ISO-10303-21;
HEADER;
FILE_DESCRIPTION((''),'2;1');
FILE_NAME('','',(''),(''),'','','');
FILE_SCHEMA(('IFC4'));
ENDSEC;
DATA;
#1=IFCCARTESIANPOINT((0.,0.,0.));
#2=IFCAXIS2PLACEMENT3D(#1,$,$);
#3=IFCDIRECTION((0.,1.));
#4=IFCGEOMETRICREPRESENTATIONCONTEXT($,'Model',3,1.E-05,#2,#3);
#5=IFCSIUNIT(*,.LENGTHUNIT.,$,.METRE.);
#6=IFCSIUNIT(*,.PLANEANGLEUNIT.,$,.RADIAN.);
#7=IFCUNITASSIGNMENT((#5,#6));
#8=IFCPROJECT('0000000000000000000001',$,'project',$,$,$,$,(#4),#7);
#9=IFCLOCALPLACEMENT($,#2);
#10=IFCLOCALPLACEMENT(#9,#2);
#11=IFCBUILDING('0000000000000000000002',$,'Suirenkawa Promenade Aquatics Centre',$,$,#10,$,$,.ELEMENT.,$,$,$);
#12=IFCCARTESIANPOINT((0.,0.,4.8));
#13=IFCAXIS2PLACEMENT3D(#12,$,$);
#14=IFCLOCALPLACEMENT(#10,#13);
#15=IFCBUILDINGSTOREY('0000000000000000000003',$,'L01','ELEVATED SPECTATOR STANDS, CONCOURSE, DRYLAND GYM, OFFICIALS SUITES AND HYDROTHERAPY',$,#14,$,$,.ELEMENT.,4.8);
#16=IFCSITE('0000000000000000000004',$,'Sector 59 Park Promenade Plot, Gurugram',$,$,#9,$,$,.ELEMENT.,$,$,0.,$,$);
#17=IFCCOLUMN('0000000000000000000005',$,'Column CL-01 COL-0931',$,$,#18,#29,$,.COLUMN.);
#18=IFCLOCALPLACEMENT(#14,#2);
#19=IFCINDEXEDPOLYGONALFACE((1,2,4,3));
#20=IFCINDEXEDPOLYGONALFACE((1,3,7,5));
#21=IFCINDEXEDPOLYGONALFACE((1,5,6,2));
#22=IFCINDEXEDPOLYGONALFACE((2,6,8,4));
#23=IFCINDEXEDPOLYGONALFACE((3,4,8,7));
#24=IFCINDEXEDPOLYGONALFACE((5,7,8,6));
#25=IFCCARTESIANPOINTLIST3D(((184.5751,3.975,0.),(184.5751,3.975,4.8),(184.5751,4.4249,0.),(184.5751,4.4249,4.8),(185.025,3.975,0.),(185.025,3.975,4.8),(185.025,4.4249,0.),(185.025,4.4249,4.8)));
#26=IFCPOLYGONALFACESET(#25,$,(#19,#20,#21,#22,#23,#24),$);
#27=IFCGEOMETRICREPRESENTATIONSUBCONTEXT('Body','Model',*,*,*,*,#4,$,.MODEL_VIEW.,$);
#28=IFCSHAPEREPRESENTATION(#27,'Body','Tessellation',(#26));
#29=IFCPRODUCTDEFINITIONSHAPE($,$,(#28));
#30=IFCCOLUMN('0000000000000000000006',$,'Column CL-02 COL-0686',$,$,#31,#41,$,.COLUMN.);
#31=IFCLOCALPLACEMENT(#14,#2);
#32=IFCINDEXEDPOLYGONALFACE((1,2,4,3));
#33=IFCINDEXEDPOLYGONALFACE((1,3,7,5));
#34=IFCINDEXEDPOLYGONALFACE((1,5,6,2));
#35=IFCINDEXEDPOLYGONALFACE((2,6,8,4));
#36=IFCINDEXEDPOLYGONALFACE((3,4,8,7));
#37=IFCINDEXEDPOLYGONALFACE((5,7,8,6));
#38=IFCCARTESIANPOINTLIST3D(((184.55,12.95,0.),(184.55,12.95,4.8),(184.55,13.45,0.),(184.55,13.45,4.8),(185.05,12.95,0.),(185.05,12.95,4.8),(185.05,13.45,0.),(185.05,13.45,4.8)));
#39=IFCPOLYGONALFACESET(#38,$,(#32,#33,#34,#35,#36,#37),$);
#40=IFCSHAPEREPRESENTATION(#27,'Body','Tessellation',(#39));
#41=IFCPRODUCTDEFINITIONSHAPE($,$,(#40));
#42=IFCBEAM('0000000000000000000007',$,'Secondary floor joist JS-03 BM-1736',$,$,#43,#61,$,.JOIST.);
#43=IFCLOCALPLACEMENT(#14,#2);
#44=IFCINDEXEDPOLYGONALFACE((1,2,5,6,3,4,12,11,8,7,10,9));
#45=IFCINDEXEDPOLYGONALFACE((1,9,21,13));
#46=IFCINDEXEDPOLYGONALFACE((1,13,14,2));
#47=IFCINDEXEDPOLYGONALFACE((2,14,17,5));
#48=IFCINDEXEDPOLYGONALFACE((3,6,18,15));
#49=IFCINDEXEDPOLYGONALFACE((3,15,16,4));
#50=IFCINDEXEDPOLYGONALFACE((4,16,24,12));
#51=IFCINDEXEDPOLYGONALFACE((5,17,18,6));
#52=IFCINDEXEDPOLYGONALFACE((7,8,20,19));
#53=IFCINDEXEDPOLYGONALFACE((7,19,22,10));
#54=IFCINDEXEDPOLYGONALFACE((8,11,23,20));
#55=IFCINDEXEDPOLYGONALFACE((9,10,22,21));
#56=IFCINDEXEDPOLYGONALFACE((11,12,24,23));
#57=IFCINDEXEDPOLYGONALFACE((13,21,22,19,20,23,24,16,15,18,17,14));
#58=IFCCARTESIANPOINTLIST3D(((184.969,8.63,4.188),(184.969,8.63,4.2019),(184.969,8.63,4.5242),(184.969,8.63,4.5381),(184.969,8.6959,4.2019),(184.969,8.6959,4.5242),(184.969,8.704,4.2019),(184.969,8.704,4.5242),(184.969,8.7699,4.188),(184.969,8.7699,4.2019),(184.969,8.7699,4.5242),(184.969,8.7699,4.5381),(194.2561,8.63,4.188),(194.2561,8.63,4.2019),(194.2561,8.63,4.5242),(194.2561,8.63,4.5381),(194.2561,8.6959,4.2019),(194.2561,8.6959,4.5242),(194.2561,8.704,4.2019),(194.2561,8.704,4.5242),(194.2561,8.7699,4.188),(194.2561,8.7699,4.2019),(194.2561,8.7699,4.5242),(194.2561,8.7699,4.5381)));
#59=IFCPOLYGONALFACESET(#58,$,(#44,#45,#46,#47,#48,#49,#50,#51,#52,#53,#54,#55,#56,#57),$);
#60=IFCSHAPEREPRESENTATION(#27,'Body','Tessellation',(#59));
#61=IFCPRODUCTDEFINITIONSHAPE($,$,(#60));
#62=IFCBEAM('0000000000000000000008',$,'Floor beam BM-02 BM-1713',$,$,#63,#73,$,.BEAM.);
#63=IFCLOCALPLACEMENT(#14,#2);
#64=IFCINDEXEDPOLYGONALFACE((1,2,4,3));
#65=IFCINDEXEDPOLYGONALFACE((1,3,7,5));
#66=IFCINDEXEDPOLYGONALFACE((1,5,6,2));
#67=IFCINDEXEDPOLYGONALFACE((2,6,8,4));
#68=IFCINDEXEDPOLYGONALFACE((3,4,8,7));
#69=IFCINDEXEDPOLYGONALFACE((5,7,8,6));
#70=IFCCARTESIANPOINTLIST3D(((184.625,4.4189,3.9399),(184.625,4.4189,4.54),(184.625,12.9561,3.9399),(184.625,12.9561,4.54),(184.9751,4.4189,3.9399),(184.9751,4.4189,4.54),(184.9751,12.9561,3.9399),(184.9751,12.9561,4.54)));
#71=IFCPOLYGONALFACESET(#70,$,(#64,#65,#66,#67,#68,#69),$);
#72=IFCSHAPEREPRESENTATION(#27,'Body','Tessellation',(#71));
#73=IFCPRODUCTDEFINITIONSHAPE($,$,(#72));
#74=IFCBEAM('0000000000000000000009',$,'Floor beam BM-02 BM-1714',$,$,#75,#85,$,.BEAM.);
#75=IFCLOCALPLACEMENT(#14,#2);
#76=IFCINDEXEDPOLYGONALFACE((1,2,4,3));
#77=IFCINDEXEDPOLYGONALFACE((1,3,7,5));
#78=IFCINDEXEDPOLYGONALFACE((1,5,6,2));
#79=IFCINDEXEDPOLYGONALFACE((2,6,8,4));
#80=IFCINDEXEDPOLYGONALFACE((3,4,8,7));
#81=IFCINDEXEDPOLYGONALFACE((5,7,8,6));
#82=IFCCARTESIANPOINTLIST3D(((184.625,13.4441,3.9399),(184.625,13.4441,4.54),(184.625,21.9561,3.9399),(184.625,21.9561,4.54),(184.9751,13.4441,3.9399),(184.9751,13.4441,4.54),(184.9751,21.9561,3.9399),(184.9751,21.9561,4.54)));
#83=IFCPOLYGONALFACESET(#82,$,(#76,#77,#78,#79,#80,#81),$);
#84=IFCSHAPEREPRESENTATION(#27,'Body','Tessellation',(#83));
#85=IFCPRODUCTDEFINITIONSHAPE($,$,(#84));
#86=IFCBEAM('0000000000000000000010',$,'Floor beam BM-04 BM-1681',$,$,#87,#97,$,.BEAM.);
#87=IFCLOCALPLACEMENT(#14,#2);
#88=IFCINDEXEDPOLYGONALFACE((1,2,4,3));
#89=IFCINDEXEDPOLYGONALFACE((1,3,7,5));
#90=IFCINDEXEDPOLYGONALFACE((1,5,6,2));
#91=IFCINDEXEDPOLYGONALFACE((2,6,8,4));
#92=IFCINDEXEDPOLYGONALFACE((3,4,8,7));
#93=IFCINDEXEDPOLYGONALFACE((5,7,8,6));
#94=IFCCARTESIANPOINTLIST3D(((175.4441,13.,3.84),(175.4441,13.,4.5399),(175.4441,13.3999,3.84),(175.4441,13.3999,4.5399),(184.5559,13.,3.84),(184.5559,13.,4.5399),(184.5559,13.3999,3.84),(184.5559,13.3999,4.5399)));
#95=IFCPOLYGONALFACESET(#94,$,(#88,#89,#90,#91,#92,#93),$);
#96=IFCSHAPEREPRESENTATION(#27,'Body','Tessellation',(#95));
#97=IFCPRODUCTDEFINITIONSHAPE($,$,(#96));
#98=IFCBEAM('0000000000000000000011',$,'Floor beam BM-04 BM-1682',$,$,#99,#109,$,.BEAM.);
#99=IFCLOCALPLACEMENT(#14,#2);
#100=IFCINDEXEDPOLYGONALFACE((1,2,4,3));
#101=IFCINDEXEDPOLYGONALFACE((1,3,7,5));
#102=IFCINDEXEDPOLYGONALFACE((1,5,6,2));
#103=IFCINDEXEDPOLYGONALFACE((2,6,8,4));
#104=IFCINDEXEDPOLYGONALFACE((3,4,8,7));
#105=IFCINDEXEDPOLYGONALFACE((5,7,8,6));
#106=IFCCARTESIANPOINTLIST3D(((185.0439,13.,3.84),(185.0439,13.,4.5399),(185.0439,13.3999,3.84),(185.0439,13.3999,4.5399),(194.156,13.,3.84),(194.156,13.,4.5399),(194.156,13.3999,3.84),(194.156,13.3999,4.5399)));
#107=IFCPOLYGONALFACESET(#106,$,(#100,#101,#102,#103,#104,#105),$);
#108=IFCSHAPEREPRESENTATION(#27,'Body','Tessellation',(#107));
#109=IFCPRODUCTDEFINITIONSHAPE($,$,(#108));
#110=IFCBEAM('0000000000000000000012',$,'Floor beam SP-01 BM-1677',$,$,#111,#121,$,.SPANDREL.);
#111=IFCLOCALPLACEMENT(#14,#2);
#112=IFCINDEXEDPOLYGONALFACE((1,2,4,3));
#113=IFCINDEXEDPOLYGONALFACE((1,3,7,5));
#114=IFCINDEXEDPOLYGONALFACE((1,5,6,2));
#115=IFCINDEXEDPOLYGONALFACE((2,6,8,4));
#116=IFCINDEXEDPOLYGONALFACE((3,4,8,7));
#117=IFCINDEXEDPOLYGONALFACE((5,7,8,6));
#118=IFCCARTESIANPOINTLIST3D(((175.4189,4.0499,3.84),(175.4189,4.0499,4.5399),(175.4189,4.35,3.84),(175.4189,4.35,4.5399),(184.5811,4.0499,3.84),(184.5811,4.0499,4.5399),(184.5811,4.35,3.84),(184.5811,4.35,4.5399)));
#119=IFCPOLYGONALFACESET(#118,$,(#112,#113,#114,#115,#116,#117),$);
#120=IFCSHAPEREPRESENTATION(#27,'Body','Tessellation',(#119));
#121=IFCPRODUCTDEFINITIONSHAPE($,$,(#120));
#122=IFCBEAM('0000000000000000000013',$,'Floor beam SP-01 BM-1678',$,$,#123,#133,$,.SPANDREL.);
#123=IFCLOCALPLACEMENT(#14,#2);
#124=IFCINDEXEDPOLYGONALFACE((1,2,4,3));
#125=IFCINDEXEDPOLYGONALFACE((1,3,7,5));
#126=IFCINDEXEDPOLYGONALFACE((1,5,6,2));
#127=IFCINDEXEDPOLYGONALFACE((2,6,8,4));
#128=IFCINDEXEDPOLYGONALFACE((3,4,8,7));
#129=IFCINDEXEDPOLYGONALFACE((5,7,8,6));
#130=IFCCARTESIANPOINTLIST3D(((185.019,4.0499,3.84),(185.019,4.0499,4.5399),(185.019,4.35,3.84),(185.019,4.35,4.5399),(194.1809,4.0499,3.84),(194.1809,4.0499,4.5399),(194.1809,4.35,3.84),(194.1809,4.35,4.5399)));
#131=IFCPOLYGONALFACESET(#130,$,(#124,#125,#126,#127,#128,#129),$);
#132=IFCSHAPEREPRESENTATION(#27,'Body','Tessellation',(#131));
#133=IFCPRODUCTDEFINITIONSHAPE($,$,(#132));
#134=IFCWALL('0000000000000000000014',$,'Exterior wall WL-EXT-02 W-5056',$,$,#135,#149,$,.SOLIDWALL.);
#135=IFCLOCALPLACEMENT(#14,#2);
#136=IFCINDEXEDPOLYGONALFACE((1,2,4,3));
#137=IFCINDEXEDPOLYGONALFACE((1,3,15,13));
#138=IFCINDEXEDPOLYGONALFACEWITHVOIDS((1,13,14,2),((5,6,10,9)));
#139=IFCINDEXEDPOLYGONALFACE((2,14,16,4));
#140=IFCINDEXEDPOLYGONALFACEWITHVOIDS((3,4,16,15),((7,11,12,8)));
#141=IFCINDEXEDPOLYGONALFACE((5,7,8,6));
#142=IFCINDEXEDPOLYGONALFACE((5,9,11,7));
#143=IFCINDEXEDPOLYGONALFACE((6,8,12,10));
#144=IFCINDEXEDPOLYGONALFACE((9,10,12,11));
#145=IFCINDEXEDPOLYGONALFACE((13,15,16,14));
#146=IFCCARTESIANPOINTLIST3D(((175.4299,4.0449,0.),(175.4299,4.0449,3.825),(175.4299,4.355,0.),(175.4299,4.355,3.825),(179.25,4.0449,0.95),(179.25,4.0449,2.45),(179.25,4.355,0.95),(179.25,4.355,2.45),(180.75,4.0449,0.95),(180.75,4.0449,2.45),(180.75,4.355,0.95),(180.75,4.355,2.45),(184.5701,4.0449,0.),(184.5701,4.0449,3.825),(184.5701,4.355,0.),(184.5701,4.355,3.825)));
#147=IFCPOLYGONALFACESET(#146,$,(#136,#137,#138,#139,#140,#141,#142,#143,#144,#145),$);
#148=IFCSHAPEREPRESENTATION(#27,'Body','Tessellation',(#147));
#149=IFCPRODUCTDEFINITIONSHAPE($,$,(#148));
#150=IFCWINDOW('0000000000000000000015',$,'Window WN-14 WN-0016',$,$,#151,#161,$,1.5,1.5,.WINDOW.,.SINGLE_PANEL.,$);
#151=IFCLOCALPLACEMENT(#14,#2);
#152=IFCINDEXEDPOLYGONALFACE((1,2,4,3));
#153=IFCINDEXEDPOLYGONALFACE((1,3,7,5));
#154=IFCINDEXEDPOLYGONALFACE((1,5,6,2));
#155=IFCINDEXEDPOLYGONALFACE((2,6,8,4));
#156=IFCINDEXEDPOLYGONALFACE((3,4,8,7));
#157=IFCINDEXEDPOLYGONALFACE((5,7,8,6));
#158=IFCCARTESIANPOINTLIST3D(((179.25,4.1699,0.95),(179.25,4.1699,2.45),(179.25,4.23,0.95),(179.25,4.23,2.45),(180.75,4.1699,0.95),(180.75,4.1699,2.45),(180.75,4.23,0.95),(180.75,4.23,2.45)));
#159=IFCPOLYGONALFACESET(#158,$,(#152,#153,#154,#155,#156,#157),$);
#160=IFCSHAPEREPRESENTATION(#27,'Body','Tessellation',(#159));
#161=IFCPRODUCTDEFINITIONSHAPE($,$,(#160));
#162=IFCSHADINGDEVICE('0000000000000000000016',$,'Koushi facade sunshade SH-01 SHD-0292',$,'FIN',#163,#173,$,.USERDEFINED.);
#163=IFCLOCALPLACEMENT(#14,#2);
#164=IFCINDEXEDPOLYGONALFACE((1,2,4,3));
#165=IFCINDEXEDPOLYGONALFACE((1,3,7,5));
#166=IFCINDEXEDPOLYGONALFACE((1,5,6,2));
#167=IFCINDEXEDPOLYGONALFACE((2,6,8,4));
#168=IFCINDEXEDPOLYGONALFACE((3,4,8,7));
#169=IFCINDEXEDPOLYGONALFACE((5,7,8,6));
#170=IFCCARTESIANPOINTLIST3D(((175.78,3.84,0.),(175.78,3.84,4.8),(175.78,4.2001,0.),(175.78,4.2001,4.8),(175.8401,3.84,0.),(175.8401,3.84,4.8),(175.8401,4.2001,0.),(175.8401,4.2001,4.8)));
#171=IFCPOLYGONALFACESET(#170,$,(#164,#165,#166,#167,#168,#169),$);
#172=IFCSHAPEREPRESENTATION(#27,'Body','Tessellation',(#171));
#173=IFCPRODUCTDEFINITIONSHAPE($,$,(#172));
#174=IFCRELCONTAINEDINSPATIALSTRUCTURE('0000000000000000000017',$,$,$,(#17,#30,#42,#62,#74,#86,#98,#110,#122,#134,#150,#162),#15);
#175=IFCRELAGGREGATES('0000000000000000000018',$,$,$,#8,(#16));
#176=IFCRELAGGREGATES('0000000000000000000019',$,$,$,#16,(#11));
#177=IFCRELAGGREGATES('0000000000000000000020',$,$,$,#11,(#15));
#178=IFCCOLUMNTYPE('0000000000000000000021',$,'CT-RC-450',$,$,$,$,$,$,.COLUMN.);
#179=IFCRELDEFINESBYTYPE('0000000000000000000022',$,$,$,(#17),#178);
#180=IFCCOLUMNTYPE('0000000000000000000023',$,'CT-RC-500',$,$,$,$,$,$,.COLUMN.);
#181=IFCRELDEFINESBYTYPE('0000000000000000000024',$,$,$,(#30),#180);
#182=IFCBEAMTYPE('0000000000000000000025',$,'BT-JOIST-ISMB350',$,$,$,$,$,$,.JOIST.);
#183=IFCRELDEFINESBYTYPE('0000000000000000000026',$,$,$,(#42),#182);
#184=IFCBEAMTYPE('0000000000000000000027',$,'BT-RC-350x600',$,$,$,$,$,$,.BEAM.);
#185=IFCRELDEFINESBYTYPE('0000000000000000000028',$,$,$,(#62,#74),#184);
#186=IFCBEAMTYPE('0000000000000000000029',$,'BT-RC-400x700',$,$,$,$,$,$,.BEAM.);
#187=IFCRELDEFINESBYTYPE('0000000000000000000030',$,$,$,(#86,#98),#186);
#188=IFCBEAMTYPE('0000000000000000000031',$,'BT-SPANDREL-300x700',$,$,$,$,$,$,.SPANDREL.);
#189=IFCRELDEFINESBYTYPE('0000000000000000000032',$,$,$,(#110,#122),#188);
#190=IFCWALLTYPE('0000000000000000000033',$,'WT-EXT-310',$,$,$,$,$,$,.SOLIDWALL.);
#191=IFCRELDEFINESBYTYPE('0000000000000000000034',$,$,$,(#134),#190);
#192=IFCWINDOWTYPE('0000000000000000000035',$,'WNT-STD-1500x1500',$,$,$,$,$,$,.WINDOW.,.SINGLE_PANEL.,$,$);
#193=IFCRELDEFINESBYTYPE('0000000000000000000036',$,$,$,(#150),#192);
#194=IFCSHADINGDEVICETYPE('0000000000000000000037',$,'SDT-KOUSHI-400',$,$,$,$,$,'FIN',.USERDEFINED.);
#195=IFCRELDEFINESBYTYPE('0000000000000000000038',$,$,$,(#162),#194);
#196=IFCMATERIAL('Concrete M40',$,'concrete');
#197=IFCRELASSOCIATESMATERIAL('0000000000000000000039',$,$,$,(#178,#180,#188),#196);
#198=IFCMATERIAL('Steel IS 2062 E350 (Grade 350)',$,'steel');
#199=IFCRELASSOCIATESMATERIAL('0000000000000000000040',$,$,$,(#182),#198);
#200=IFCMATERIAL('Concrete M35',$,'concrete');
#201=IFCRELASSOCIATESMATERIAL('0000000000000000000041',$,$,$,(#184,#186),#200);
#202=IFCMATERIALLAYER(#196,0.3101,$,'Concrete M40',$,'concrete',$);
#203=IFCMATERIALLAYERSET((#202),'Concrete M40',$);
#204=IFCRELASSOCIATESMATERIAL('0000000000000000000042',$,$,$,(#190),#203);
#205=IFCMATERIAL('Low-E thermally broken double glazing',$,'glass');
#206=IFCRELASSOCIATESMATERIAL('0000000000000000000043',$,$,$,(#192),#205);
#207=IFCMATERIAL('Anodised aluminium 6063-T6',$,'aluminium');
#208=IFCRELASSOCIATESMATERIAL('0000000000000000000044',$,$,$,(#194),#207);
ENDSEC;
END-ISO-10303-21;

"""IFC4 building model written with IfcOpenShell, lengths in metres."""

from ifc_helpers import new_model, si_unit, direction, frame, frame_2d, origin, origin_2d, place, context, subcontext, project, spatial, rectangle, i_section, extrude, material, layer, layer_set, material_profile, profile_set, type_object, element, fill, save


model = new_model("IFC4")

# Units and contexts
model_context = context("Model", 3, precision=1e-05, world=origin(), true_north=direction((0.0, 1.0)))
body_context = subcontext(model_context, "Body", "Model", "MODEL_VIEW")
ifc_project = project(units=[si_unit("LENGTHUNIT", "METRE"), si_unit("PLANEANGLEUNIT", "RADIAN")], contexts=[model_context])

# Site, building, storey
site_placement = place(None, origin())
site = spatial("IfcSite", under=ifc_project, at=site_placement, Name="Sector 59 Park Promenade Plot, Gurugram", CompositionType="ELEMENT", RefElevation=0.0)
building_placement = place(site_placement, origin())
building = spatial("IfcBuilding", under=site, at=building_placement, Name="Suirenkawa Promenade Aquatics Centre", CompositionType="ELEMENT")
storey_placement = place(building_placement, frame((0.0, 0.0, 4.8)))
storey = spatial("IfcBuildingStorey", under=building, at=storey_placement, Name="L01", Description="ELEVATED SPECTATOR STANDS, CONCOURSE, DRYLAND GYM, OFFICIALS SUITES AND HYDROTHERAPY", CompositionType="ELEMENT", Elevation=4.8)

# Columns
ifc_material_1 = material(Name="Concrete M40", Category="concrete")
ifc_material_profile_1 = material_profile(ifc_material_1, rectangle(XDim=0.45, YDim=0.45, at=origin_2d()), Name="RC COL 450x450", Category="concrete")
ifc_profile_set_1 = profile_set([ifc_material_profile_1], Name="Concrete M40")
column_type_1 = type_object("IfcColumnType", Name="CT-RC-450", PredefinedType="COLUMN", material=ifc_profile_set_1)
column_1_placement = place(storey_placement, frame((184.8, 4.2, 0.0), z_axis=(0.0, 0.0, 1.0), x_axis=(1.0, 0.0, 0.0)))
element("IfcColumn", 1, at=column_1_placement, inside=storey, type_object=column_type_1, Name="Column CL-01 COL-0931", PredefinedType="COLUMN", context=body_context, shape_type="SweptSolid", body=[
    extrude(rectangle(XDim=0.45, YDim=0.45, at=origin_2d()), origin(), (0.0, 0.0, 1.0), 4.8),
])
ifc_material_profile_2 = material_profile(ifc_material_1, rectangle(XDim=0.5, YDim=0.5, at=origin_2d()), Name="RC COL 500x500", Category="concrete")
ifc_profile_set_2 = profile_set([ifc_material_profile_2], Name="Concrete M40")
column_type_2 = type_object("IfcColumnType", Name="CT-RC-500", PredefinedType="COLUMN", material=ifc_profile_set_2)
column_2_placement = place(storey_placement, frame((184.8, 13.2, 0.0), z_axis=(0.0, 0.0, 1.0), x_axis=(1.0, 0.0, 0.0)))
element("IfcColumn", 2, at=column_2_placement, inside=storey, type_object=column_type_2, Name="Column CL-02 COL-0686", PredefinedType="COLUMN", context=body_context, shape_type="SweptSolid", body=[
    extrude(rectangle(XDim=0.5, YDim=0.5, at=origin_2d()), origin(), (0.0, 0.0, 1.0), 4.8),
])

# Beams
ifc_material_2 = material(Name="Steel IS 2062 E350 (Grade 350)", Category="steel")
ifc_material_profile_3 = material_profile(ifc_material_2, i_section(OverallWidth=0.1399, OverallDepth=0.3501, WebThickness=0.0081, FlangeThickness=0.0139, at=origin_2d()), Name="ISMB 350", Category="steel")
ifc_profile_set_3 = profile_set([ifc_material_profile_3], Name="Steel IS 2062 E350 (Grade 350)")
beam_type_1 = type_object("IfcBeamType", Name="BT-JOIST-ISMB350", PredefinedType="JOIST", material=ifc_profile_set_3)
beam_1_placement = place(storey_placement, frame((184.969, 8.7, 4.363), z_axis=(1.0, 0.0, 0.0), x_axis=(0.0, 1.0, 0.0)))
element("IfcBeam", 3, at=beam_1_placement, inside=storey, type_object=beam_type_1, Name="Secondary floor joist JS-03 BM-1736", PredefinedType="JOIST", context=body_context, shape_type="SweptSolid", body=[
    extrude(i_section(OverallWidth=0.1399, OverallDepth=0.3501, WebThickness=0.0081, FlangeThickness=0.0139, at=origin_2d()), origin(), (0.0, 0.0, 1.0), 9.2871),
])
ifc_material_3 = material(Name="Concrete M35", Category="concrete")
ifc_material_profile_4 = material_profile(ifc_material_3, rectangle(XDim=0.3501, YDim=0.6001, at=origin_2d()), Name="RC BM 350x600", Category="concrete")
ifc_profile_set_4 = profile_set([ifc_material_profile_4], Name="Concrete M35")
beam_type_2 = type_object("IfcBeamType", Name="BT-RC-350x600", PredefinedType="BEAM", material=ifc_profile_set_4)
beam_2_placement = place(storey_placement, frame((184.8, 4.4189, 4.24), z_axis=(0.0, 1.0, 0.0), x_axis=(-1.0, 0.0, 0.0)))
element("IfcBeam", 4, at=beam_2_placement, inside=storey, type_object=beam_type_2, Name="Floor beam BM-02 BM-1713", PredefinedType="BEAM", context=body_context, shape_type="SweptSolid", body=[
    extrude(rectangle(XDim=0.3501, YDim=0.6001, at=origin_2d()), origin(), (0.0, 0.0, 1.0), 8.5371),
])
beam_3_placement = place(storey_placement, frame((184.8, 13.4441, 4.24), z_axis=(0.0, 1.0, 0.0), x_axis=(-1.0, 0.0, 0.0)))
element("IfcBeam", 5, at=beam_3_placement, inside=storey, type_object=beam_type_2, Name="Floor beam BM-02 BM-1714", PredefinedType="BEAM", context=body_context, shape_type="SweptSolid", body=[
    extrude(rectangle(XDim=0.3501, YDim=0.6001, at=origin_2d()), origin(), (0.0, 0.0, 1.0), 8.512),
])
ifc_material_profile_5 = material_profile(ifc_material_3, rectangle(XDim=0.3999, YDim=0.7, at=origin_2d()), Name="RC BM 400x700", Category="concrete")
ifc_profile_set_5 = profile_set([ifc_material_profile_5], Name="Concrete M35")
beam_type_3 = type_object("IfcBeamType", Name="BT-RC-400x700", PredefinedType="BEAM", material=ifc_profile_set_5)
beam_4_placement = place(storey_placement, frame((175.4441, 13.2, 4.1899), z_axis=(1.0, 0.0, 0.0), x_axis=(0.0, 1.0, 0.0)))
element("IfcBeam", 6, at=beam_4_placement, inside=storey, type_object=beam_type_3, Name="Floor beam BM-04 BM-1681", PredefinedType="BEAM", context=body_context, shape_type="SweptSolid", body=[
    extrude(rectangle(XDim=0.3999, YDim=0.7, at=origin_2d()), origin(), (0.0, 0.0, 1.0), 9.1118),
])
beam_5_placement = place(storey_placement, frame((185.0439, 13.2, 4.1899), z_axis=(1.0, 0.0, 0.0), x_axis=(0.0, 1.0, 0.0)))
element("IfcBeam", 7, at=beam_5_placement, inside=storey, type_object=beam_type_3, Name="Floor beam BM-04 BM-1682", PredefinedType="BEAM", context=body_context, shape_type="SweptSolid", body=[
    extrude(rectangle(XDim=0.3999, YDim=0.7, at=origin_2d()), origin(), (0.0, 0.0, 1.0), 9.1121),
])
ifc_material_profile_6 = material_profile(ifc_material_1, rectangle(XDim=0.3, YDim=0.7, at=origin_2d()), Name="RC SPANDREL 300x700", Category="concrete")
ifc_profile_set_6 = profile_set([ifc_material_profile_6], Name="Concrete M40")
beam_type_4 = type_object("IfcBeamType", Name="BT-SPANDREL-300x700", PredefinedType="SPANDREL", material=ifc_profile_set_6)
beam_6_placement = place(storey_placement, frame((175.4189, 4.2, 4.1899), z_axis=(1.0, 0.0, 0.0), x_axis=(0.0, 1.0, 0.0)))
element("IfcBeam", 8, at=beam_6_placement, inside=storey, type_object=beam_type_4, Name="Floor beam SP-01 BM-1677", PredefinedType="SPANDREL", context=body_context, shape_type="SweptSolid", body=[
    extrude(rectangle(XDim=0.3, YDim=0.7, at=origin_2d()), origin(), (0.0, 0.0, 1.0), 9.1621),
])
beam_7_placement = place(storey_placement, frame((185.019, 4.2, 4.1899), z_axis=(1.0, 0.0, 0.0), x_axis=(0.0, 1.0, 0.0)))
element("IfcBeam", 9, at=beam_7_placement, inside=storey, type_object=beam_type_4, Name="Floor beam SP-01 BM-1678", PredefinedType="SPANDREL", context=body_context, shape_type="SweptSolid", body=[
    extrude(rectangle(XDim=0.3, YDim=0.7, at=origin_2d()), origin(), (0.0, 0.0, 1.0), 9.1619),
])

# Wall, opening, window
ifc_layer = layer(ifc_material_1, 0.3101, Name="Concrete M40", Category="concrete")
ifc_layer_set = layer_set([ifc_layer], Name="Concrete M40")
wall_type = type_object("IfcWallType", Name="WT-EXT-310", PredefinedType="SOLIDWALL", material=ifc_layer_set)
wall_placement = place(storey_placement, frame((184.5701, 4.2, 0.0), z_axis=(0.0, 0.0, 1.0), x_axis=(-1.0, 0.0, 0.0)))
wall = element("IfcWall", 10, at=wall_placement, inside=storey, type_object=wall_type, Name="Exterior wall WL-EXT-02 W-5056", PredefinedType="SOLIDWALL", context=body_context, shape_type="SweptSolid", body=[
    extrude(rectangle(XDim=9.1401, YDim=0.3101, at=frame_2d((4.5701, 0.0))), origin(), (0.0, 0.0, 1.0), 3.825),
])
opening_placement = place(wall_placement, frame((3.8201, 0.0, 0.95)))
opening = element("IfcOpeningElement", 11, at=opening_placement, cuts=wall, PredefinedType="OPENING", context=body_context, shape_type="SweptSolid", body=[
    extrude(rectangle(XDim=1.5, YDim=1.5, at=frame_2d((0.75, 0.75))), frame((0.0, 0.165, 0.0), z_axis=(0.0, -1.0, 0.0), x_axis=(1.0, 0.0, 0.0)), (0.0, 0.0, 1.0), 0.3301),
])
ifc_material_4 = material(Name="Low-E thermally broken double glazing", Category="glass")
window_type = type_object("IfcWindowType", Name="WNT-STD-1500x1500", PartitioningType="SINGLE_PANEL", PredefinedType="WINDOW", material=ifc_material_4)
window_placement = place(opening_placement, origin())
window = element("IfcWindow", 12, at=window_placement, inside=storey, type_object=window_type, Name="Window WN-14 WN-0016", OverallHeight=1.5, OverallWidth=1.5, PartitioningType="SINGLE_PANEL", PredefinedType="WINDOW", context=body_context, shape_type="SweptSolid", body=[
    extrude(rectangle(XDim=1.5, YDim=1.5, at=frame_2d((0.75, 0.75))), frame((0.0, 0.03, 0.0), z_axis=(0.0, -1.0, 0.0), x_axis=(1.0, 0.0, 0.0)), (0.0, 0.0, 1.0), 0.0601),
])
fill(opening, window)

# Shading device
ifc_material_5 = material(Name="Anodised aluminium 6063-T6", Category="aluminium")
shading_device_type = type_object("IfcShadingDeviceType", Name="SDT-KOUSHI-400", ElementType="FIN", PredefinedType="USERDEFINED", material=ifc_material_5)
for number, where, z_axis, x_axis, name in (
    (13, (175.8101, 4.02, 0.0), (0.0, 0.0, 1.0), (1.0, 0.0, 0.0), "Koushi facade sunshade SH-01 SHD-0292"),
):
    element("IfcShadingDevice", number, at=place(storey_placement, frame(where, z_axis=z_axis, x_axis=x_axis)), inside=storey, type_object=shading_device_type, Name=name, ObjectType="FIN", PredefinedType="USERDEFINED", context=body_context, shape_type="SweptSolid", body=[
        extrude(rectangle(XDim=0.0601, YDim=0.3601, at=origin_2d()), origin(), (0.0, 0.0, 1.0), 4.8),
    ])

save(model, "model.ifc")
